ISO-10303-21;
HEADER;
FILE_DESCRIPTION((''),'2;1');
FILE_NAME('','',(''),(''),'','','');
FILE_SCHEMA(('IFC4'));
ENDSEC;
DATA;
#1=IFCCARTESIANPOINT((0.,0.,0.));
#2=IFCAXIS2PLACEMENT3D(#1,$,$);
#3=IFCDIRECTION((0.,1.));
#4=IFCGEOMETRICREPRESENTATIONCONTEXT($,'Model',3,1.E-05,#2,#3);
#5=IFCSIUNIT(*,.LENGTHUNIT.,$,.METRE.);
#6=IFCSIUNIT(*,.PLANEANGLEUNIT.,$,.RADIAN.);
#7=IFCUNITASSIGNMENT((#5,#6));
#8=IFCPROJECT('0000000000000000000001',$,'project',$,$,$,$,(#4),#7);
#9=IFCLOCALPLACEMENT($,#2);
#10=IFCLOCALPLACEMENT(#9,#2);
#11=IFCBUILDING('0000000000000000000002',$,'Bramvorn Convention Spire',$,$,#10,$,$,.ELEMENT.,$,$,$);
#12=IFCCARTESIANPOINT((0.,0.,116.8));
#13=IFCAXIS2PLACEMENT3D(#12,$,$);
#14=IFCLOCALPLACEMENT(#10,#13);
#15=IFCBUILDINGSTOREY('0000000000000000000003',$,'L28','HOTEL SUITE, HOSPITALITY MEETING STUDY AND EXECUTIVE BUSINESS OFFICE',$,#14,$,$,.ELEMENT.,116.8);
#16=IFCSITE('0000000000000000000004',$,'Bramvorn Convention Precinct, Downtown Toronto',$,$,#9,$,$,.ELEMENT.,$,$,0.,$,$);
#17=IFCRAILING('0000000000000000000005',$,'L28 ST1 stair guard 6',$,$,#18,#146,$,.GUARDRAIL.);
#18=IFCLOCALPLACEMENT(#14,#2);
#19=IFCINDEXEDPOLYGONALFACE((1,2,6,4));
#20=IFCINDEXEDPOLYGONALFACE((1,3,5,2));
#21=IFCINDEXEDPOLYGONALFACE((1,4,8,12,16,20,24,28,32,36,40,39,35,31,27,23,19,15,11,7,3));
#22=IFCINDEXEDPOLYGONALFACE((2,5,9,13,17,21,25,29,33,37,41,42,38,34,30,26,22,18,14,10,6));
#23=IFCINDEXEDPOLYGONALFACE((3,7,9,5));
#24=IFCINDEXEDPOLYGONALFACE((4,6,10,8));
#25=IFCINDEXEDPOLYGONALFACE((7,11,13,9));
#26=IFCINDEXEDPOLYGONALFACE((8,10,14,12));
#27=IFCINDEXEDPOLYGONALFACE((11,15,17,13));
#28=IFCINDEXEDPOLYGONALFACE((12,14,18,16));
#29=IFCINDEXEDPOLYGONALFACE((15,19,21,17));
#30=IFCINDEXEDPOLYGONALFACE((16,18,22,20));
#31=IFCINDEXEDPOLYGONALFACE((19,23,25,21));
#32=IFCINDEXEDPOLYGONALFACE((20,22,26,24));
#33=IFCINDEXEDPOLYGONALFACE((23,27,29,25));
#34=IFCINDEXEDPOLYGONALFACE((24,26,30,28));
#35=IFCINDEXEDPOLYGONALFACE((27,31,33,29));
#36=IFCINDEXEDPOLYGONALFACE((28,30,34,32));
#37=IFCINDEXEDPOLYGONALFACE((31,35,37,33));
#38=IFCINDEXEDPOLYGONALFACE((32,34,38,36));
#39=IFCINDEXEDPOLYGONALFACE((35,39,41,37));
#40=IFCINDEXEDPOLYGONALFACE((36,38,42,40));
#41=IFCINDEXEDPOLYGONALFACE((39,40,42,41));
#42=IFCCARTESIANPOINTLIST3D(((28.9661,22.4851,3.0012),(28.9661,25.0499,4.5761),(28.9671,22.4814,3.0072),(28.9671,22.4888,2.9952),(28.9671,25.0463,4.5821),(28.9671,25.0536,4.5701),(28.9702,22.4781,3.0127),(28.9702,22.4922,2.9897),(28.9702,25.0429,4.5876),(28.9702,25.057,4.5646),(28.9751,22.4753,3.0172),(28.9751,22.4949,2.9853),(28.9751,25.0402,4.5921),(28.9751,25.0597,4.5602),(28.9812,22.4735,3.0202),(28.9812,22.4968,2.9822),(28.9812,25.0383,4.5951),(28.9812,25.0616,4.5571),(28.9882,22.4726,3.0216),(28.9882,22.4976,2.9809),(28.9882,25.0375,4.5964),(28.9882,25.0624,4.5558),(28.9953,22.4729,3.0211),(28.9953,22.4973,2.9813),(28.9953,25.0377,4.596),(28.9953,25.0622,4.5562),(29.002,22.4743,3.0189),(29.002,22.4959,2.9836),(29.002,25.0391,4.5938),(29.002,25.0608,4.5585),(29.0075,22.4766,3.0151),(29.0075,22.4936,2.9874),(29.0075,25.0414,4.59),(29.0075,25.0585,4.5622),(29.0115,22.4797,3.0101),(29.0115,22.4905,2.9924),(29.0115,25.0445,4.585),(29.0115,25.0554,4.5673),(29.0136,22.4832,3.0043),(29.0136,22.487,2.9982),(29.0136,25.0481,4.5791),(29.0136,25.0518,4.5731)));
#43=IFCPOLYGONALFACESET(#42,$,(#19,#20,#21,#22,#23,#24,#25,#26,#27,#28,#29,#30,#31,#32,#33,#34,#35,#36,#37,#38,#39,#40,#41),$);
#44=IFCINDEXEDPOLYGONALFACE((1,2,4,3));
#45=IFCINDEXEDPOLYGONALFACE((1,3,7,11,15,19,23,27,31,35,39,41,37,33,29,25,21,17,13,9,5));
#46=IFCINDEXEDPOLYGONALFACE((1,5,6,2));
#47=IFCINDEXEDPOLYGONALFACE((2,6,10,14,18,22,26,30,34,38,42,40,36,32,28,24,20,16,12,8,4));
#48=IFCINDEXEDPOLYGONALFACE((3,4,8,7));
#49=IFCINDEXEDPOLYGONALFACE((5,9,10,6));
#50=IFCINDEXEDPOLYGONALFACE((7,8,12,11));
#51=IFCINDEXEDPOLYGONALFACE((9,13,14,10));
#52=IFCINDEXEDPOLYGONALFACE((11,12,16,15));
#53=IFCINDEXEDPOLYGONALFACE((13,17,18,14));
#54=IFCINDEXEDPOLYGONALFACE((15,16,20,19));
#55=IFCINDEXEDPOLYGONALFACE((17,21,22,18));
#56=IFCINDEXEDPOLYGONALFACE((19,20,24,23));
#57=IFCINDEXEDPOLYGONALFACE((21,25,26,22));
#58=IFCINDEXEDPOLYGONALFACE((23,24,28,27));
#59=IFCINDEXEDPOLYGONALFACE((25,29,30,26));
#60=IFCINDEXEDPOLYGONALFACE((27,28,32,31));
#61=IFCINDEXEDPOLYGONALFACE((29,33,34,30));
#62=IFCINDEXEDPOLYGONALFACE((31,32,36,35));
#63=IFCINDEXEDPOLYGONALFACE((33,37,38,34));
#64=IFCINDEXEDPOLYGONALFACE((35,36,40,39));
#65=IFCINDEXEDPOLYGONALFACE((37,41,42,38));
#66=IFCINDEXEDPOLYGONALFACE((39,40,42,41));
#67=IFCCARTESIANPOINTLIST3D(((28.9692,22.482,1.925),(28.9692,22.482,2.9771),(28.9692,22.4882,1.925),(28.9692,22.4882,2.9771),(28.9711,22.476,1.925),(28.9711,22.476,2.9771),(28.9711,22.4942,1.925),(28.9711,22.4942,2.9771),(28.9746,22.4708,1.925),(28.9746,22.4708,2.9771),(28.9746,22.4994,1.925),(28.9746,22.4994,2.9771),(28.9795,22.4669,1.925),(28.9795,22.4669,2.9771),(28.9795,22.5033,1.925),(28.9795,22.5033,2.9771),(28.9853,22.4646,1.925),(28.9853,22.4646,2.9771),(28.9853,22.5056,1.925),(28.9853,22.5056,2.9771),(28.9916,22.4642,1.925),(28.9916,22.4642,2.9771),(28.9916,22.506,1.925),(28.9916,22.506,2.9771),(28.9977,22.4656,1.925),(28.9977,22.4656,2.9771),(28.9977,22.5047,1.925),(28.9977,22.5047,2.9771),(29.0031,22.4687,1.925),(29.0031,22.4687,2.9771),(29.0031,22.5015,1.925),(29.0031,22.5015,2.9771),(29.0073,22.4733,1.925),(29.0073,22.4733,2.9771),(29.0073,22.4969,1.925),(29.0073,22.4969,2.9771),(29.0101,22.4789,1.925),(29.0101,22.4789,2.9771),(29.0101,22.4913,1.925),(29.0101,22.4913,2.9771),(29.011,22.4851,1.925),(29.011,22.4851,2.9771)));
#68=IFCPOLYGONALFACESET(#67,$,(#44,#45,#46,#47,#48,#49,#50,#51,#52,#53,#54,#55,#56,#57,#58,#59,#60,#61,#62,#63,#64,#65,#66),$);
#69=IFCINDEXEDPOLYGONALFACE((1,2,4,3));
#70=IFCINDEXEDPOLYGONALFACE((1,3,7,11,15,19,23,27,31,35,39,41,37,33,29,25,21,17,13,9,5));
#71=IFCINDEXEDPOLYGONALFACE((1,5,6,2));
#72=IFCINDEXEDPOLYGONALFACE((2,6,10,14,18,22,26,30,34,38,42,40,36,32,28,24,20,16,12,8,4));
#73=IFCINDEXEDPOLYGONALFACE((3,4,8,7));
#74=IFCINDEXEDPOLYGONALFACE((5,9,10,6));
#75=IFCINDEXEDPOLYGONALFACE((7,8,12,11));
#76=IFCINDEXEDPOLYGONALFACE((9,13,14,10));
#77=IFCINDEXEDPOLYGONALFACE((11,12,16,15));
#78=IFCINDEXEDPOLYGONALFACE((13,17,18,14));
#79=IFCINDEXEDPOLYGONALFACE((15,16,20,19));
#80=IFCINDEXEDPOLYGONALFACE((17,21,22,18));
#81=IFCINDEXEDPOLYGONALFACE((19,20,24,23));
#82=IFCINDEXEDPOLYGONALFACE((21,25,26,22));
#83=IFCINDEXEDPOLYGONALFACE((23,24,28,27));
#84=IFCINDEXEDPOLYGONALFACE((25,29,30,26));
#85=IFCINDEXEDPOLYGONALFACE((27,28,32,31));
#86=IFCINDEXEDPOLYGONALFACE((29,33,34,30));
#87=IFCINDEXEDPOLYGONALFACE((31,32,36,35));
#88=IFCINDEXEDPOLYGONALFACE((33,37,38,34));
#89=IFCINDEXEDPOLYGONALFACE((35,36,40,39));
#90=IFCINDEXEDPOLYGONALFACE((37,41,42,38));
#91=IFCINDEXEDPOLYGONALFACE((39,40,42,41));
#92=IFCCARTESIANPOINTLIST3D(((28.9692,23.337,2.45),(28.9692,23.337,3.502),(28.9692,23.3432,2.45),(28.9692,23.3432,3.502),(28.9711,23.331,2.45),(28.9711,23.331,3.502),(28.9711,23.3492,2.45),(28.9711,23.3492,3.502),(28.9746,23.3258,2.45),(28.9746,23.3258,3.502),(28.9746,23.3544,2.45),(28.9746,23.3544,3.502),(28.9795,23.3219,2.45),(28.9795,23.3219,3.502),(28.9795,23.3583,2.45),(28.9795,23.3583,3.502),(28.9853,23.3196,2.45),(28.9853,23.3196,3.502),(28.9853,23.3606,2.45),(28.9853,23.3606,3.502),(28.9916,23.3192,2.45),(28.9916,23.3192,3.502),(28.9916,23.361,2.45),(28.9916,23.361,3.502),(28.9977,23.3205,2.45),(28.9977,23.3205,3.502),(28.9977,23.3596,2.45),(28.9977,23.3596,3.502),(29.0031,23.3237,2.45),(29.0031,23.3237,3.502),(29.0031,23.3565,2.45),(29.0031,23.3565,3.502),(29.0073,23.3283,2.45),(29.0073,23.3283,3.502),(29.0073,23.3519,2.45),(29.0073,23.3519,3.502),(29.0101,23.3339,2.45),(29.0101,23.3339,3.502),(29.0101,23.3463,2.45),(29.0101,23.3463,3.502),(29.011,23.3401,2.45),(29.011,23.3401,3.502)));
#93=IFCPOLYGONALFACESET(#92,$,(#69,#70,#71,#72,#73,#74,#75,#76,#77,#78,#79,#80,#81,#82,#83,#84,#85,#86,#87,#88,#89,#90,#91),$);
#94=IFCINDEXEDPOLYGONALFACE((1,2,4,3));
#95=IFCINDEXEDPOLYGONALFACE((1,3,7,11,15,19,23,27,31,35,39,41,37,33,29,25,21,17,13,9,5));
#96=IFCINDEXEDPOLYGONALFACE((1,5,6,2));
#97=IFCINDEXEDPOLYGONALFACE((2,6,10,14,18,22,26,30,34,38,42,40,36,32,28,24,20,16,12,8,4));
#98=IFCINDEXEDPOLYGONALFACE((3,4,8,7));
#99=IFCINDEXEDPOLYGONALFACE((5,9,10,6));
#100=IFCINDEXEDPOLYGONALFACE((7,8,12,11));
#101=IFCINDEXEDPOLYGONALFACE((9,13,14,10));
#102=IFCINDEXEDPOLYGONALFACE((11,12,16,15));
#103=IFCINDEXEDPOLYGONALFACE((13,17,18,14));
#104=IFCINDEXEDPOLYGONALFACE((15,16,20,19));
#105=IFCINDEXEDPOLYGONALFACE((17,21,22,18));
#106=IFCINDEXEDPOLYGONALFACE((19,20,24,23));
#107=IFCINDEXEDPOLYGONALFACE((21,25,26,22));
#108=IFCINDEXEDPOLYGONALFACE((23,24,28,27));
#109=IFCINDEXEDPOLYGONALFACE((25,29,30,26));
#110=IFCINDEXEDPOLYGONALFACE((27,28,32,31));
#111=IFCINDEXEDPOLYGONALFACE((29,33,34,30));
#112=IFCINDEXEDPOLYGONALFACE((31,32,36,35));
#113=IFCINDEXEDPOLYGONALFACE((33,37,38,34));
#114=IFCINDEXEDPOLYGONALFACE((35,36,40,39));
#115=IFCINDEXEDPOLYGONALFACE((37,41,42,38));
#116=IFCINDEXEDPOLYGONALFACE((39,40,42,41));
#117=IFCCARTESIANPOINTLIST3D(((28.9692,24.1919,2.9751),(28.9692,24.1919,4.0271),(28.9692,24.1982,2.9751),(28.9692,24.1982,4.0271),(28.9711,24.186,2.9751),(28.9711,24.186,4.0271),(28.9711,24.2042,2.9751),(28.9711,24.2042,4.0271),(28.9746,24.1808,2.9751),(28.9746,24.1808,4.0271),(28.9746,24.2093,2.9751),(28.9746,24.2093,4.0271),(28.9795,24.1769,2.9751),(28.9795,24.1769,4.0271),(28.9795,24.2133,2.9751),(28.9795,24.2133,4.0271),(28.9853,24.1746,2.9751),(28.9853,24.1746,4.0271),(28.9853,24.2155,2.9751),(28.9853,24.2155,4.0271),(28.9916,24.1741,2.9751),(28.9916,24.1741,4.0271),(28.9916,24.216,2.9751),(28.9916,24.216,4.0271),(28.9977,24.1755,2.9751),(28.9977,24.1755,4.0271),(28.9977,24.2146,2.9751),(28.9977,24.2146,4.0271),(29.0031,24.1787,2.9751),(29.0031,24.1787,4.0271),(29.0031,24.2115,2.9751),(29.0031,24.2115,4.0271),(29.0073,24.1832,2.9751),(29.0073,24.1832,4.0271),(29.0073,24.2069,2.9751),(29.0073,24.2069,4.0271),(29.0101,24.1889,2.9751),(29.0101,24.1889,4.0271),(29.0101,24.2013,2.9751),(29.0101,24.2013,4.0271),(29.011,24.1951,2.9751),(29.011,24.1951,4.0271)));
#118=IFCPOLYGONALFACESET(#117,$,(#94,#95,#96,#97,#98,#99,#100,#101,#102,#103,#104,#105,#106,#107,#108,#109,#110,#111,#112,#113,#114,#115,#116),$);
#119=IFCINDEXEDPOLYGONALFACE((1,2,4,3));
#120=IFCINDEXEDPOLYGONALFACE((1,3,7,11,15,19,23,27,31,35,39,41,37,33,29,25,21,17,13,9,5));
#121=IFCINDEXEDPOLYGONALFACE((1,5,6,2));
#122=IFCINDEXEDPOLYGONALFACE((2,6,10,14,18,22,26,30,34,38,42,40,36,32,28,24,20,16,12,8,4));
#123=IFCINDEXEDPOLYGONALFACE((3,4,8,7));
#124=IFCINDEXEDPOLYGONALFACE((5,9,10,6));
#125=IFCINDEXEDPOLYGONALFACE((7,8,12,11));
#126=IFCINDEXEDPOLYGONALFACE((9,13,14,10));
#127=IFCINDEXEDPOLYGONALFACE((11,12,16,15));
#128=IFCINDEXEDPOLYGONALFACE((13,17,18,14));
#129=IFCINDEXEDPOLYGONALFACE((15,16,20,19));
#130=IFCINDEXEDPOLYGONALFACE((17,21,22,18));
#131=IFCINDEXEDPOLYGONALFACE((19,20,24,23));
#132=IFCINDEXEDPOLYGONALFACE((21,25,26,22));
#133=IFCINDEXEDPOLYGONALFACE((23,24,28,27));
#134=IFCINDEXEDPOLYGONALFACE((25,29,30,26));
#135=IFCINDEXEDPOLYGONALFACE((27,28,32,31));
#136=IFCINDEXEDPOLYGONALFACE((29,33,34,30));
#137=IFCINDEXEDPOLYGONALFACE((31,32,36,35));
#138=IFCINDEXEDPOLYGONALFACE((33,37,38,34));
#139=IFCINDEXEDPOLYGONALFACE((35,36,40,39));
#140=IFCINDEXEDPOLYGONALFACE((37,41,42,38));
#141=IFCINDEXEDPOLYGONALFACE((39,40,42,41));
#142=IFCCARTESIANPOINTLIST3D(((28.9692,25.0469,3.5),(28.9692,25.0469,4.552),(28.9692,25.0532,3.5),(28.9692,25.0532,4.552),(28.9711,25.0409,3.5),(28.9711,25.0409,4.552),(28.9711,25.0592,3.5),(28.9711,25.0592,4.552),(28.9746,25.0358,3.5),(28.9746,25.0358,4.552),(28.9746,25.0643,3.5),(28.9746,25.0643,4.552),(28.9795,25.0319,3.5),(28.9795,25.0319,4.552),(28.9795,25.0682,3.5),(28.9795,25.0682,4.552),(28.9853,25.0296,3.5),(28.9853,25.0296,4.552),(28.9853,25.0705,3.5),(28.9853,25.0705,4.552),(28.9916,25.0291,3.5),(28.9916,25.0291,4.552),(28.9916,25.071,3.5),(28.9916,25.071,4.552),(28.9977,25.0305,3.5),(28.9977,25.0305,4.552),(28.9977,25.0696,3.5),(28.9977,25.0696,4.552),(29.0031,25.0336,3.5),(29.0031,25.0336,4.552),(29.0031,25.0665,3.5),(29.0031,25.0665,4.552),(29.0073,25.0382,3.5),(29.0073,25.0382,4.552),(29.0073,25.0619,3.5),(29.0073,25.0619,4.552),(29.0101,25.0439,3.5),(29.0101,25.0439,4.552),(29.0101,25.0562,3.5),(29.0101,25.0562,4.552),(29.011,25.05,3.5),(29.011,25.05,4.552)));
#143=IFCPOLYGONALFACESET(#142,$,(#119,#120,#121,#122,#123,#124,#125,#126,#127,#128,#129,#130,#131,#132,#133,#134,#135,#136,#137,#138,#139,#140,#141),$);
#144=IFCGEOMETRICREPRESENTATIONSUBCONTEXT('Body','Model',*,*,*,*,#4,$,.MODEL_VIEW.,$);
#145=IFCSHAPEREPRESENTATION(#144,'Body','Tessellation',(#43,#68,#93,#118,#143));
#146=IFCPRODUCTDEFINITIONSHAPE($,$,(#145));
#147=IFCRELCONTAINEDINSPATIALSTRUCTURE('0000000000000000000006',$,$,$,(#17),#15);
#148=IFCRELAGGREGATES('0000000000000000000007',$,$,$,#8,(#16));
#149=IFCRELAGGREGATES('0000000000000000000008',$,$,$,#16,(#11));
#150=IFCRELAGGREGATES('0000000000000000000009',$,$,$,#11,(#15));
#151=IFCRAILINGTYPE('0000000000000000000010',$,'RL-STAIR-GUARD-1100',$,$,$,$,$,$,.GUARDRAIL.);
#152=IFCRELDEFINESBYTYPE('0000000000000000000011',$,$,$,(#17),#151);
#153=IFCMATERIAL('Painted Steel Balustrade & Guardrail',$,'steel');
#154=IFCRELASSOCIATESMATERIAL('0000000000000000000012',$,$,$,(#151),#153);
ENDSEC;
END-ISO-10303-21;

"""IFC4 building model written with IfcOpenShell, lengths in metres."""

from ifc_helpers import new_model, si_unit, direction, frame, origin, origin_2d, place, context, subcontext, project, spatial, circle, extrude, material, type_object, element, save


model = new_model("IFC4")

# Units and contexts
model_context = context("Model", 3, precision=1e-05, world=origin(), true_north=direction((0.0, 1.0)))
body_context = subcontext(model_context, "Body", "Model", "MODEL_VIEW")
ifc_project = project(units=[si_unit("LENGTHUNIT", "METRE"), si_unit("PLANEANGLEUNIT", "RADIAN")], contexts=[model_context])

# Site, building, storey
site_placement = place(None, origin())
site = spatial("IfcSite", under=ifc_project, at=site_placement, Name="Bramvorn Convention Precinct, Downtown Toronto", CompositionType="ELEMENT", RefElevation=0.0)
building_placement = place(site_placement, origin())
building = spatial("IfcBuilding", under=site, at=building_placement, Name="Bramvorn Convention Spire", CompositionType="ELEMENT")
storey_placement = place(building_placement, frame((0.0, 0.0, 116.8)))
storey = spatial("IfcBuildingStorey", under=building, at=storey_placement, Name="L28", Description="HOTEL SUITE, HOSPITALITY MEETING STUDY AND EXECUTIVE BUSINESS OFFICE", CompositionType="ELEMENT", Elevation=116.8)

# Railing
ifc_material_1 = material(Name="Painted Steel Balustrade & Guardrail", Category="steel")
railing_type_1 = type_object("IfcRailingType", Name="RL-STAIR-GUARD-1100", PredefinedType="GUARDRAIL", material=ifc_material_1)
railing_1_placement = place(storey_placement, frame((28.99, 22.4851, 1.925)))
element("IfcRailing", 1, at=railing_1_placement, inside=storey, type_object=railing_type_1, Name="L28 ST1 stair guard 6", PredefinedType="GUARDRAIL", context=body_context, shape_type="SweptSolid", body=[
    extrude(circle(Radius=0.0239, at=origin_2d()), frame((0.0, 0.0, 1.0762), z_axis=(0.0, 0.852173, 0.52326), x_axis=(-1.0, 0.0, 0.0)), (0.0, 0.0, 1.0), 3.0098),
    extrude(circle(Radius=0.021, at=origin_2d()), origin(), (0.0, 0.0, 1.0), 1.052),
    extrude(circle(Radius=0.021, at=origin_2d()), frame((0.0, 0.855, 0.5249)), (0.0, 0.0, 1.0), 1.052),
    extrude(circle(Radius=0.021, at=origin_2d()), frame((0.0, 1.71, 1.05)), (0.0, 0.0, 1.0), 1.052),
    extrude(circle(Radius=0.021, at=origin_2d()), frame((0.0, 2.5649, 1.575)), (0.0, 0.0, 1.0), 1.052),
])

save(model, "model.ifc")
